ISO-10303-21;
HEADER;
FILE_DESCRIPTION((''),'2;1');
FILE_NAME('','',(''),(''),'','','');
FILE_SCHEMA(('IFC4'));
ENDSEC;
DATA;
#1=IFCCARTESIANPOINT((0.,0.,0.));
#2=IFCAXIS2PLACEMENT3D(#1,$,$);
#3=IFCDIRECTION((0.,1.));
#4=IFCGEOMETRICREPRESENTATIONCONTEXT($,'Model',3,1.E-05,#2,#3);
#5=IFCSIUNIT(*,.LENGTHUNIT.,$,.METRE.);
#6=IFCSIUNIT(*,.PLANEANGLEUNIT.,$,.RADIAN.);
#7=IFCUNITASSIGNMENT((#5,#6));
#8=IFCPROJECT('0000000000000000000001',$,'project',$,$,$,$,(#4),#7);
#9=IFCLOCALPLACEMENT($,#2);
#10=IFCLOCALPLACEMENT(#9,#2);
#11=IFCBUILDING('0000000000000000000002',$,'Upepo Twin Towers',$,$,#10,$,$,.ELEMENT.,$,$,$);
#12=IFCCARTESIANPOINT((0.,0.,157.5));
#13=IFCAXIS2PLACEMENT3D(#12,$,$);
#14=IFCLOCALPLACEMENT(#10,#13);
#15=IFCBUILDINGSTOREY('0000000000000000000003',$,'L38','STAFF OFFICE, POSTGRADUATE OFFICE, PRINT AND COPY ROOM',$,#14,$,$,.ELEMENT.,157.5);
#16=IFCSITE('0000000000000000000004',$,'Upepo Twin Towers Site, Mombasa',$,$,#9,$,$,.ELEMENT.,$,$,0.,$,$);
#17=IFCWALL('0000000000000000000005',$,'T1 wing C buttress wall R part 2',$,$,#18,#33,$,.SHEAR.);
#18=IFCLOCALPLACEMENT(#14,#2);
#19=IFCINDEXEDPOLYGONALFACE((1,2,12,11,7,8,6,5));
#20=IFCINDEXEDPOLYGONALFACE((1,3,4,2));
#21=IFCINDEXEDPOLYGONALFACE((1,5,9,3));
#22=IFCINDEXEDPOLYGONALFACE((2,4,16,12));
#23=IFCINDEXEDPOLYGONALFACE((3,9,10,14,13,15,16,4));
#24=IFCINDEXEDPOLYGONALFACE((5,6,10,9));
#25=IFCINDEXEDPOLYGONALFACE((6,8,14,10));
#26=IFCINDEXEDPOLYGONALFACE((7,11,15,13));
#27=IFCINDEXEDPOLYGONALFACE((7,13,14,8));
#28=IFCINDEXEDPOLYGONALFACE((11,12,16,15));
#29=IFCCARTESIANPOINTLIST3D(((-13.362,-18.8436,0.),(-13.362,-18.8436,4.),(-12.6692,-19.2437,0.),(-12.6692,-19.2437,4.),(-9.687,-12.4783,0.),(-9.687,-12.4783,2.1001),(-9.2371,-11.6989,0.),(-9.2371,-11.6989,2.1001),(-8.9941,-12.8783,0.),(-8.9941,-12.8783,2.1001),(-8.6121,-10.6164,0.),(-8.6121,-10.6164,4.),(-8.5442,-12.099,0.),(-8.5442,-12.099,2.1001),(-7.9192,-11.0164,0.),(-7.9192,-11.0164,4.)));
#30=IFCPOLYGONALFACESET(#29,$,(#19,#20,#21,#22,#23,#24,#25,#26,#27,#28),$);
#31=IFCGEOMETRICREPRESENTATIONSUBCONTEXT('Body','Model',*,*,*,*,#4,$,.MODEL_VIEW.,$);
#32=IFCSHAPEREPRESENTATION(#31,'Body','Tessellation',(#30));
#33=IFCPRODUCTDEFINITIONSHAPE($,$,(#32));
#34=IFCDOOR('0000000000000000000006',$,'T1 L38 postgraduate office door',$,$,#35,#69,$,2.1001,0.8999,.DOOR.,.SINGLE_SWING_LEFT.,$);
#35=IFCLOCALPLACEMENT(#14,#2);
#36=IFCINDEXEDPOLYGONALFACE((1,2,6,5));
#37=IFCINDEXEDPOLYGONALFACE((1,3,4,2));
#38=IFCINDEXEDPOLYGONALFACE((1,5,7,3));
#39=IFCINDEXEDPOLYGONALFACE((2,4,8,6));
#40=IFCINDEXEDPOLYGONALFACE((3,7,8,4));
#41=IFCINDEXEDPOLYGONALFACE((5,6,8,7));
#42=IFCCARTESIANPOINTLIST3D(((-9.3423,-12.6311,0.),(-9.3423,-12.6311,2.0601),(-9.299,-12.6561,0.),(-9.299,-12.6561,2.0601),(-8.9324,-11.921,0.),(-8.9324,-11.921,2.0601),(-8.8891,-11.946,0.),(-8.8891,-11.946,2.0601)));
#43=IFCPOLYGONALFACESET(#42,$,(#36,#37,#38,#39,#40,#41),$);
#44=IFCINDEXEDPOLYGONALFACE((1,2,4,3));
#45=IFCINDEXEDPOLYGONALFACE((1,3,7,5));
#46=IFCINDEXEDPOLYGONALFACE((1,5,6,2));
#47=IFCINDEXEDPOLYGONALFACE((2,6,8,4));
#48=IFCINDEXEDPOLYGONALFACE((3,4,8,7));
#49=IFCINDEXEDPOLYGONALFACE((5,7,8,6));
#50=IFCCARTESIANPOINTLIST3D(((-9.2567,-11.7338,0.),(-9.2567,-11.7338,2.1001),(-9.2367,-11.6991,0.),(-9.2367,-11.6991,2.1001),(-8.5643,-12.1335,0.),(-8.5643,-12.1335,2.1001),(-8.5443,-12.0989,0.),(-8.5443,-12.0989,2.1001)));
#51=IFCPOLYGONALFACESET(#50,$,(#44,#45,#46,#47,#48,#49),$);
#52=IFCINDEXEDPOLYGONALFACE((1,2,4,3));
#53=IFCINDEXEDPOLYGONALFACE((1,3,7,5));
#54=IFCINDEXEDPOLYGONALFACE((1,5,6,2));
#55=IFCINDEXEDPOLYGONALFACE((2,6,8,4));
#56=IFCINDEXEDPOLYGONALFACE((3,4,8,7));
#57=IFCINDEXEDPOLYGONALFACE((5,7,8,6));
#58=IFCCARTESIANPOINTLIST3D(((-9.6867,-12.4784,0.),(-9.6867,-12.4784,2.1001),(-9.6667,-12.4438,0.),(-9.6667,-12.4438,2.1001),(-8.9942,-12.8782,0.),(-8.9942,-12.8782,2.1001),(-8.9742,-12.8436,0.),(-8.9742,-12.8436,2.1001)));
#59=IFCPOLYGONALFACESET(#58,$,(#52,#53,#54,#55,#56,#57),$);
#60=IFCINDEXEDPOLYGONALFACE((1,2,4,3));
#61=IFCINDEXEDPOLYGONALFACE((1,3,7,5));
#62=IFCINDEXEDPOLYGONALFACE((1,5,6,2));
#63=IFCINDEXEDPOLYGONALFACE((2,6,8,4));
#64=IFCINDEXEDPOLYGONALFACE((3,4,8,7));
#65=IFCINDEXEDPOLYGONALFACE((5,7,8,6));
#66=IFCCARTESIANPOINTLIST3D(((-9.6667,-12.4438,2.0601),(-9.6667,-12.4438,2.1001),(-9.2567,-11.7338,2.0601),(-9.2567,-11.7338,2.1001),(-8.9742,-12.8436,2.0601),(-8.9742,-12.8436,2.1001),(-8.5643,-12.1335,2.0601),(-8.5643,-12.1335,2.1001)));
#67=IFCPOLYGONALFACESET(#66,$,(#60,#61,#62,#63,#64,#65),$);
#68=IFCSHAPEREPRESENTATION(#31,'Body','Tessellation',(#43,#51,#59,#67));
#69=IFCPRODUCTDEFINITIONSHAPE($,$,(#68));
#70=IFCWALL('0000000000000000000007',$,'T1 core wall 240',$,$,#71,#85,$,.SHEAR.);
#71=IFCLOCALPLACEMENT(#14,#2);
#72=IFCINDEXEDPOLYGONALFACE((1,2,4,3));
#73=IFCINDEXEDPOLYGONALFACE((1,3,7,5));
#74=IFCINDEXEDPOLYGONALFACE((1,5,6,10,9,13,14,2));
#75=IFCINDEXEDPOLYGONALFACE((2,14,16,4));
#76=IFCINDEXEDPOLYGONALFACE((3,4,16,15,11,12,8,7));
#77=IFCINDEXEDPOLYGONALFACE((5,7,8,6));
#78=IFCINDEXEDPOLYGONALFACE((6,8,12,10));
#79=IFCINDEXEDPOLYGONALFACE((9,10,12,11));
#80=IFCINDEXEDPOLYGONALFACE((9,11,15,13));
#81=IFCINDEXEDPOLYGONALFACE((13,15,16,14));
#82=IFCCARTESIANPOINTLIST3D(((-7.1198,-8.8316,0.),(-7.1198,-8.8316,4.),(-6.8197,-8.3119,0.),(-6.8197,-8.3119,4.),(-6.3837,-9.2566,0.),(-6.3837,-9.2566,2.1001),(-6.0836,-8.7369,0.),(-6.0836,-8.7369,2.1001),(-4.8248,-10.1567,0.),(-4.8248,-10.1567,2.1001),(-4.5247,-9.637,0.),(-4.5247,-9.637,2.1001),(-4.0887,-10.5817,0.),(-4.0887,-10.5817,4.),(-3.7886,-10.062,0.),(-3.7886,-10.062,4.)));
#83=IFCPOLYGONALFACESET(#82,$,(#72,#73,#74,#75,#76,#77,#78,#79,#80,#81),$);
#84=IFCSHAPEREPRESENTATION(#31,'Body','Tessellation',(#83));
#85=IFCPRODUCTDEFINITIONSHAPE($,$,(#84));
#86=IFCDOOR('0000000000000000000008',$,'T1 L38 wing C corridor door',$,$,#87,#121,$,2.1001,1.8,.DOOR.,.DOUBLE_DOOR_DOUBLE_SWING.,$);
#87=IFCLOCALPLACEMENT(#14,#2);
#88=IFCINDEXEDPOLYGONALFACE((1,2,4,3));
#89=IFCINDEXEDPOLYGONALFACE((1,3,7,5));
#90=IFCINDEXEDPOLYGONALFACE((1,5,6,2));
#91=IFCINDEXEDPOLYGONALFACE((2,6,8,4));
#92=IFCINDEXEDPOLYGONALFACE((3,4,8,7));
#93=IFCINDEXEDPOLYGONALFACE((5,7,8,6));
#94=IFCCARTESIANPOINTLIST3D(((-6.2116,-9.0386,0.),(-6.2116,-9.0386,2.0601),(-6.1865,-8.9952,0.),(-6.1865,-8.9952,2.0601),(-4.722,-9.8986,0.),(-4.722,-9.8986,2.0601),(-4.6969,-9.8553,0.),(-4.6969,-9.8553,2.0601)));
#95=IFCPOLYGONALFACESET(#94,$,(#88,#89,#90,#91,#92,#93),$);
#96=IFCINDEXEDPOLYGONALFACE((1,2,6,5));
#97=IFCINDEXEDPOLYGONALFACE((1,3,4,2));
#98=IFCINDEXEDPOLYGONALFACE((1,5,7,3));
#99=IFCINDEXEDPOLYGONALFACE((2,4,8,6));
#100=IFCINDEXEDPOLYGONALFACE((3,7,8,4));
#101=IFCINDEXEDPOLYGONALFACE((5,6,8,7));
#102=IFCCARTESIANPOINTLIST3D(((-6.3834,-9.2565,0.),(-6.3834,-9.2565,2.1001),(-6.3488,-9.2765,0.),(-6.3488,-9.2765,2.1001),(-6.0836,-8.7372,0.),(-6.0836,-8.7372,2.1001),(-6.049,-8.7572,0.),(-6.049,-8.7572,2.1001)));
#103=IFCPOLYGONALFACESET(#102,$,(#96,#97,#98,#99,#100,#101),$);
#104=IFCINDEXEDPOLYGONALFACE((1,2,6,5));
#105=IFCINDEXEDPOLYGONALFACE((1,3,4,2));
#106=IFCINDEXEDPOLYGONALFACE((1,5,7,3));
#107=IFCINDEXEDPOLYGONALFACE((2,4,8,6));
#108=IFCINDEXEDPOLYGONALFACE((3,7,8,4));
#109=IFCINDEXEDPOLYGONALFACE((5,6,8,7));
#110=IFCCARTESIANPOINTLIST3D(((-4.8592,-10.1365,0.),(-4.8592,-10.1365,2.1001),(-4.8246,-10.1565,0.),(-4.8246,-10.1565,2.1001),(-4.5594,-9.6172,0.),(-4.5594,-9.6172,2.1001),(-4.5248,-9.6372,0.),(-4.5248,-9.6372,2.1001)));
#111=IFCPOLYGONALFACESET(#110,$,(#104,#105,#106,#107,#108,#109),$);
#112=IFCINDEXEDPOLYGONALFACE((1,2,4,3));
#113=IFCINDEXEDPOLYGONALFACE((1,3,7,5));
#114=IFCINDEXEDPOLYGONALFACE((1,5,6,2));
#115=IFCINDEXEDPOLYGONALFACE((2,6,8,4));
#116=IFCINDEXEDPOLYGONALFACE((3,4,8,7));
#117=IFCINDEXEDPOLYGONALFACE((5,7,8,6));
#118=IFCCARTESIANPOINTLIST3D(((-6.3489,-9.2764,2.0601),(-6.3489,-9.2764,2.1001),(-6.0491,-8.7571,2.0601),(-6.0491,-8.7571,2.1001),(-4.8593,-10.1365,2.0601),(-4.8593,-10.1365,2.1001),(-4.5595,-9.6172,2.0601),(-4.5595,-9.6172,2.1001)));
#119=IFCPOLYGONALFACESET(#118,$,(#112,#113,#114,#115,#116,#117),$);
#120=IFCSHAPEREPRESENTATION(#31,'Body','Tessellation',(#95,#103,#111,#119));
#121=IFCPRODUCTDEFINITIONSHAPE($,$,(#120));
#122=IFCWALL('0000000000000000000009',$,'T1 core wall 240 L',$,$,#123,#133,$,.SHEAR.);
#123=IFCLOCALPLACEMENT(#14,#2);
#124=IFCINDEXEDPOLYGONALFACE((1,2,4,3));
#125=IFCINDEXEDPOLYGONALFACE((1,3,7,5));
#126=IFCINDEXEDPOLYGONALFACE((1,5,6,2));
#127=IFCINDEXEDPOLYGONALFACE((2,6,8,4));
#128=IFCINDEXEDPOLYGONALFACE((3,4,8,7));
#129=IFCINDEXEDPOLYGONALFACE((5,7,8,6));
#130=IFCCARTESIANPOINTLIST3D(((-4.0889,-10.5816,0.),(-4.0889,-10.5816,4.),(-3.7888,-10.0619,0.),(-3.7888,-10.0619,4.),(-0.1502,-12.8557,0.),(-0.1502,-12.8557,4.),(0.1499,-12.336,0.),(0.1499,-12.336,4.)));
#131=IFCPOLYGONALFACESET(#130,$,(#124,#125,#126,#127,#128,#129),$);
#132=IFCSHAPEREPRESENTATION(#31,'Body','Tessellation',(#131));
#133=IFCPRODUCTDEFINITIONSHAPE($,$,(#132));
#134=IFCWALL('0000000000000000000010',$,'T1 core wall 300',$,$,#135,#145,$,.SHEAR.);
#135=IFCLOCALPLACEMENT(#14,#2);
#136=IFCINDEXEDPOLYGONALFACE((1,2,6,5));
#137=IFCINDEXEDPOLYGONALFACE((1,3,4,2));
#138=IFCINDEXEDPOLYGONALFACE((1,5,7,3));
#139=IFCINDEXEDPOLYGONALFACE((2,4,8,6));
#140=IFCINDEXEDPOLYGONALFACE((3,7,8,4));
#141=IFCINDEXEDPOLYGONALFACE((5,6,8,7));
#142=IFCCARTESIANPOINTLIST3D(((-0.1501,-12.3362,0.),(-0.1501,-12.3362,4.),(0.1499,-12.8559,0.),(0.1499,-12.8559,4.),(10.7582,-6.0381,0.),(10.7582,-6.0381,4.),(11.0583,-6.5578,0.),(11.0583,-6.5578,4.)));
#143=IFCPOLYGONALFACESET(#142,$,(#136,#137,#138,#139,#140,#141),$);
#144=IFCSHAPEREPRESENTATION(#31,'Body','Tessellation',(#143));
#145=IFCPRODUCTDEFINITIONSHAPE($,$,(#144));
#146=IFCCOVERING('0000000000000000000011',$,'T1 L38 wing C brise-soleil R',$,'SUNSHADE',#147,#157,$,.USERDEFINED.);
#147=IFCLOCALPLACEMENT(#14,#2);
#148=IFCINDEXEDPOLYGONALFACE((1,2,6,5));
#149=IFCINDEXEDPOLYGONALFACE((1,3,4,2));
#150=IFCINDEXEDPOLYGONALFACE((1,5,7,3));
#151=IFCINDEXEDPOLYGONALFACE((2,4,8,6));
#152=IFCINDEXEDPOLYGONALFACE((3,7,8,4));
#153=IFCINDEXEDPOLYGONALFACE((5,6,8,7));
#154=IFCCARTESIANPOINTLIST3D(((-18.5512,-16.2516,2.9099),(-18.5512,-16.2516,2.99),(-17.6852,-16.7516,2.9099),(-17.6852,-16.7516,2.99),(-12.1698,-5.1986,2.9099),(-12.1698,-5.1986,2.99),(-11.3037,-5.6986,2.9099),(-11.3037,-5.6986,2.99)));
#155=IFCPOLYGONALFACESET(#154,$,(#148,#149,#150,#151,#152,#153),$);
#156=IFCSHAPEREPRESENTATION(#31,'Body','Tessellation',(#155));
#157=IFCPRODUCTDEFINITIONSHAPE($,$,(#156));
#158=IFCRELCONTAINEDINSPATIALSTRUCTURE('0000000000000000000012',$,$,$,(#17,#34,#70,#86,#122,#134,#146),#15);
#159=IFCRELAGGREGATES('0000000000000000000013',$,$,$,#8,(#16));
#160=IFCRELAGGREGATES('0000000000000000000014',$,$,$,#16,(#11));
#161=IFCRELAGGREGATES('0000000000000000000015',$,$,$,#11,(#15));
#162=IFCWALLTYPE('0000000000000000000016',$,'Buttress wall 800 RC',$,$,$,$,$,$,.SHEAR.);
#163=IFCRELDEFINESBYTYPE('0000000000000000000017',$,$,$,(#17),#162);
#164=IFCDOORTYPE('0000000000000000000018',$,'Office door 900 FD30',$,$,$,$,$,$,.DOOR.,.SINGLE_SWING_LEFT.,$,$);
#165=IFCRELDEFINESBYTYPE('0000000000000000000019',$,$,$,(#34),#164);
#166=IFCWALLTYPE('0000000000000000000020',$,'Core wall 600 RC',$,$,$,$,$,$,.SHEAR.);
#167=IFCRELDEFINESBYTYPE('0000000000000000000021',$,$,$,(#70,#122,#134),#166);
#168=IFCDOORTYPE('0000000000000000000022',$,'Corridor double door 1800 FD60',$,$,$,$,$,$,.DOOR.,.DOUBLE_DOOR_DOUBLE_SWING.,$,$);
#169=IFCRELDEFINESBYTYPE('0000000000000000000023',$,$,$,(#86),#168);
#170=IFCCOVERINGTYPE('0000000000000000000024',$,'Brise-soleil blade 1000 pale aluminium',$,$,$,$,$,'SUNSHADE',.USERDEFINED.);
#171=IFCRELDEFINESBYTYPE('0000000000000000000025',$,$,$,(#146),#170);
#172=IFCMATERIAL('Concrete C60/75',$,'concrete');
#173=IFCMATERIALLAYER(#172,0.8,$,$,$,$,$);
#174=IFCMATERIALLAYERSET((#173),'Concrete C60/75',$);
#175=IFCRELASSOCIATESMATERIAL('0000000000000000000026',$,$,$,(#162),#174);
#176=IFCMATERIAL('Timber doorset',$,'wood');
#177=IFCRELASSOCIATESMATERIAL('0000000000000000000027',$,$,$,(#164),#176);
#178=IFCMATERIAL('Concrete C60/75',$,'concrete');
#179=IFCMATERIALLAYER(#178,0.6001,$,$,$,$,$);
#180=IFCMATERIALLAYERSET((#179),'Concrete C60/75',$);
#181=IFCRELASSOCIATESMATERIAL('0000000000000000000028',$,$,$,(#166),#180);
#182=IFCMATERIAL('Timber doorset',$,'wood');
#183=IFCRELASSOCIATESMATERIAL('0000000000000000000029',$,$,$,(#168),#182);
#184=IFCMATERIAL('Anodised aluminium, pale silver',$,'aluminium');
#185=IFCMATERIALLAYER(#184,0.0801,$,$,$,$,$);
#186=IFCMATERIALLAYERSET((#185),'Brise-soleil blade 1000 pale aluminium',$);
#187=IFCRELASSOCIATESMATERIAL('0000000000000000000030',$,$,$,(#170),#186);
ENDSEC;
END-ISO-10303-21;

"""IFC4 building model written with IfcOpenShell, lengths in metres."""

from ifc_helpers import new_model, si_unit, direction, frame, frame_2d, origin, origin_2d, place, context, subcontext, project, spatial, rectangle, extrude, material, layer, layer_set, type_object, element, fill, save


model = new_model("IFC4")

# Units and contexts
model_context = context("Model", 3, precision=1e-05, world=origin(), true_north=direction((0.0, 1.0)))
body_context = subcontext(model_context, "Body", "Model", "MODEL_VIEW")
ifc_project = project(units=[si_unit("LENGTHUNIT", "METRE"), si_unit("PLANEANGLEUNIT", "RADIAN")], contexts=[model_context])

# Site, building, storey
site_placement = place(None, origin())
site = spatial("IfcSite", under=ifc_project, at=site_placement, Name="Upepo Twin Towers Site, Mombasa", CompositionType="ELEMENT", RefElevation=0.0)
building_placement = place(site_placement, origin())
building = spatial("IfcBuilding", under=site, at=building_placement, Name="Upepo Twin Towers", CompositionType="ELEMENT")
storey_placement = place(building_placement, frame((0.0, 0.0, 157.5)))
storey = spatial("IfcBuildingStorey", under=building, at=storey_placement, Name="L38", Description="STAFF OFFICE, POSTGRADUATE OFFICE, PRINT AND COPY ROOM", CompositionType="ELEMENT", Elevation=157.5)

# Walls, openings, doors
ifc_material_1 = material(Name="Concrete C60/75", Category="concrete")
ifc_layer_1 = layer(ifc_material_1, 0.8)
ifc_layer_set_1 = layer_set([ifc_layer_1], Name="Concrete C60/75")
wall_type_1 = type_object("IfcWallType", Name="Buttress wall 800 RC", PredefinedType="SHEAR", material=ifc_layer_set_1)
ifc_material_2 = material(Name="Timber doorset", Category="wood")
door_type_1 = type_object("IfcDoorType", Name="Office door 900 FD30", OperationType="SINGLE_SWING_LEFT", PredefinedType="DOOR", material=ifc_material_2)
wall_1_placement = place(storey_placement, frame((-8.2656, -10.8164, 0.0), z_axis=(0.0, 0.0, 1.0), x_axis=(-0.499998, -0.866027, 0.0)))
wall_1 = element("IfcWall", 1, at=wall_1_placement, inside=storey, type_object=wall_type_1, Name="T1 wing C buttress wall R part 2", PredefinedType="SHEAR", context=body_context, shape_type="SweptSolid", body=[
    extrude(rectangle(XDim=9.5, YDim=0.8, at=frame_2d((4.75, 0.0))), origin(), (0.0, 0.0, 1.0), 4.0),
])
opening_1_placement = place(wall_1_placement, frame((1.25, 0.0, 0.0)))
opening_1 = element("IfcOpeningElement", 2, at=opening_1_placement, cuts=wall_1, PredefinedType="OPENING", context=body_context, shape_type="SweptSolid", body=[
    extrude(rectangle(XDim=0.8999, YDim=2.1001, at=frame_2d((0.45, 1.05))), frame((0.0, 0.4099, 0.0), z_axis=(0.0, -1.0, 0.0), x_axis=(1.0, 0.0, 0.0)), (0.0, 0.0, 1.0), 0.8201),
])
door_1_placement = place(opening_1_placement, origin())
door_1 = element("IfcDoor", 3, at=door_1_placement, inside=storey, type_object=door_type_1, Name="T1 L38 postgraduate office door", OperationType="SINGLE_SWING_LEFT", OverallHeight=2.1001, OverallWidth=0.8999, PredefinedType="DOOR", context=body_context, shape_type="SweptSolid", body=[
    extrude(rectangle(XDim=0.8199, YDim=2.0601, at=frame_2d((0.45, 1.03))), frame((0.0, 0.0249, 0.0), z_axis=(0.0, -1.0, 0.0), x_axis=(1.0, 0.0, 0.0)), (0.0, 0.0, 1.0), 0.05),
    extrude(rectangle(XDim=0.04, YDim=2.1001, at=frame_2d((0.02, 1.05))), frame((0.0, 0.3999, 0.0), z_axis=(0.0, -1.0, 0.0), x_axis=(1.0, 0.0, 0.0)), (0.0, 0.0, 1.0), 0.7996),
    extrude(rectangle(XDim=0.04, YDim=2.1001, at=frame_2d((0.8799, 1.05))), frame((0.0, 0.3999, 0.0), z_axis=(0.0, -1.0, 0.0), x_axis=(1.0, 0.0, 0.0)), (0.0, 0.0, 1.0), 0.7996),
    extrude(rectangle(XDim=0.8199, YDim=0.04, at=frame_2d((0.45, 2.0801))), frame((0.0, 0.3999, 0.0), z_axis=(0.0, -1.0, 0.0), x_axis=(1.0, 0.0, 0.0)), (0.0, 0.0, 1.0), 0.7996),
])
fill(opening_1, door_1)
ifc_material_3 = material(Name="Concrete C60/75", Category="concrete")
ifc_layer_2 = layer(ifc_material_3, 0.6001)
ifc_layer_set_2 = layer_set([ifc_layer_2], Name="Concrete C60/75")
wall_type_2 = type_object("IfcWallType", Name="Core wall 600 RC", PredefinedType="SHEAR", material=ifc_layer_set_2)
wall_2_placement = place(storey_placement, frame((-6.9697, -8.5718, 0.0), z_axis=(0.0, 0.0, 1.0), x_axis=(0.866019, -0.50001, 0.0)))
wall_2 = element("IfcWall", 4, at=wall_2_placement, inside=storey, type_object=wall_type_2, Name="T1 core wall 240", PredefinedType="SHEAR", context=body_context, shape_type="SweptSolid", body=[
    extrude(rectangle(XDim=3.5, YDim=0.6001, at=frame_2d((1.75, 0.0))), origin(), (0.0, 0.0, 1.0), 4.0),
])
opening_2_placement = place(wall_2_placement, frame((0.8501, 0.0, 0.0)))
opening_2 = element("IfcOpeningElement", 5, at=opening_2_placement, cuts=wall_2, PredefinedType="OPENING", context=body_context, shape_type="SweptSolid", body=[
    extrude(rectangle(XDim=1.8, YDim=2.1001, at=frame_2d((0.8999, 1.05))), frame((0.0, 0.3101, 0.0), z_axis=(0.0, -1.0, 0.0), x_axis=(1.0, 0.0, 0.0)), (0.0, 0.0, 1.0), 0.6201),
])
ifc_material_4 = material(Name="Timber doorset", Category="wood")
door_type_2 = type_object("IfcDoorType", Name="Corridor double door 1800 FD60", OperationType="DOUBLE_DOOR_DOUBLE_SWING", PredefinedType="DOOR", material=ifc_material_4)
door_2_placement = place(opening_2_placement, origin())
door_2 = element("IfcDoor", 6, at=door_2_placement, inside=storey, type_object=door_type_2, Name="T1 L38 wing C corridor door", OperationType="DOUBLE_DOOR_DOUBLE_SWING", OverallHeight=2.1001, OverallWidth=1.8, PredefinedType="DOOR", context=body_context, shape_type="SweptSolid", body=[
    extrude(rectangle(XDim=1.72, YDim=2.0601, at=frame_2d((0.8999, 1.03))), frame((0.0, 0.0249, 0.0), z_axis=(0.0, -1.0, 0.0), x_axis=(1.0, 0.0, 0.0)), (0.0, 0.0, 1.0), 0.05),
    extrude(rectangle(XDim=0.04, YDim=2.1001, at=frame_2d((0.02, 1.05))), frame((0.0, 0.2998, 0.0), z_axis=(0.0, -1.0, 0.0), x_axis=(1.0, 0.0, 0.0)), (0.0, 0.0, 1.0), 0.5996),
    extrude(rectangle(XDim=0.04, YDim=2.1001, at=frame_2d((1.78, 1.05))), frame((0.0, 0.2998, 0.0), z_axis=(0.0, -1.0, 0.0), x_axis=(1.0, 0.0, 0.0)), (0.0, 0.0, 1.0), 0.5996),
    extrude(rectangle(XDim=1.72, YDim=0.04, at=frame_2d((0.8999, 2.0801))), frame((0.0, 0.2998, 0.0), z_axis=(0.0, -1.0, 0.0), x_axis=(1.0, 0.0, 0.0)), (0.0, 0.0, 1.0), 0.5996),
])
fill(opening_2, door_2)

# Walls
wall_3_placement = place(storey_placement, frame((-3.9387, -10.3218, 0.0), z_axis=(0.0, 0.0, 1.0), x_axis=(0.866011, -0.500024, 0.0)))
element("IfcWall", 7, at=wall_3_placement, inside=storey, type_object=wall_type_2, Name="T1 core wall 240 L", PredefinedType="SHEAR", context=body_context, shape_type="SweptSolid", body=[
    extrude(rectangle(XDim=4.5481, YDim=0.6001, at=frame_2d((2.2739, 0.0))), origin(), (0.0, 0.0, 1.0), 4.0),
])
wall_4_placement = place(storey_placement, frame((0.0, -12.5959, 0.0), z_axis=(0.0, 0.0, 1.0), x_axis=(0.866022, 0.500006, 0.0)))
element("IfcWall", 8, at=wall_4_placement, inside=storey, type_object=wall_type_2, Name="T1 core wall 300", PredefinedType="SHEAR", context=body_context, shape_type="SweptSolid", body=[
    extrude(rectangle(XDim=12.5959, YDim=0.6001, at=frame_2d((6.2979, 0.0))), origin(), (0.0, 0.0, 1.0), 4.0),
])

# Covering
ifc_material_5 = material(Name="Anodised aluminium, pale silver", Category="aluminium")
ifc_layer_3 = layer(ifc_material_5, 0.0801)
ifc_layer_set_3 = layer_set([ifc_layer_3], Name="Brise-soleil blade 1000 pale aluminium")
covering_type = type_object("IfcCoveringType", Name="Brise-soleil blade 1000 pale aluminium", ElementType="SUNSHADE", PredefinedType="USERDEFINED", material=ifc_layer_set_3)
covering_placement = place(storey_placement, frame((-14.9275, -10.9751, 2.9099), z_axis=(0.0, 0.0, 1.0), x_axis=(-0.5, -0.866025, 0.0)))
element("IfcCovering", 9, at=covering_placement, inside=storey, type_object=covering_type, Name="T1 L38 wing C brise-soleil R", ObjectType="SUNSHADE", PredefinedType="USERDEFINED", context=body_context, shape_type="SweptSolid", body=[
    extrude(rectangle(XDim=12.7629, YDim=1.0, at=origin_2d()), origin(), (0.0, 0.0, 1.0), 0.0801),
])

save(model, "model.ifc")
